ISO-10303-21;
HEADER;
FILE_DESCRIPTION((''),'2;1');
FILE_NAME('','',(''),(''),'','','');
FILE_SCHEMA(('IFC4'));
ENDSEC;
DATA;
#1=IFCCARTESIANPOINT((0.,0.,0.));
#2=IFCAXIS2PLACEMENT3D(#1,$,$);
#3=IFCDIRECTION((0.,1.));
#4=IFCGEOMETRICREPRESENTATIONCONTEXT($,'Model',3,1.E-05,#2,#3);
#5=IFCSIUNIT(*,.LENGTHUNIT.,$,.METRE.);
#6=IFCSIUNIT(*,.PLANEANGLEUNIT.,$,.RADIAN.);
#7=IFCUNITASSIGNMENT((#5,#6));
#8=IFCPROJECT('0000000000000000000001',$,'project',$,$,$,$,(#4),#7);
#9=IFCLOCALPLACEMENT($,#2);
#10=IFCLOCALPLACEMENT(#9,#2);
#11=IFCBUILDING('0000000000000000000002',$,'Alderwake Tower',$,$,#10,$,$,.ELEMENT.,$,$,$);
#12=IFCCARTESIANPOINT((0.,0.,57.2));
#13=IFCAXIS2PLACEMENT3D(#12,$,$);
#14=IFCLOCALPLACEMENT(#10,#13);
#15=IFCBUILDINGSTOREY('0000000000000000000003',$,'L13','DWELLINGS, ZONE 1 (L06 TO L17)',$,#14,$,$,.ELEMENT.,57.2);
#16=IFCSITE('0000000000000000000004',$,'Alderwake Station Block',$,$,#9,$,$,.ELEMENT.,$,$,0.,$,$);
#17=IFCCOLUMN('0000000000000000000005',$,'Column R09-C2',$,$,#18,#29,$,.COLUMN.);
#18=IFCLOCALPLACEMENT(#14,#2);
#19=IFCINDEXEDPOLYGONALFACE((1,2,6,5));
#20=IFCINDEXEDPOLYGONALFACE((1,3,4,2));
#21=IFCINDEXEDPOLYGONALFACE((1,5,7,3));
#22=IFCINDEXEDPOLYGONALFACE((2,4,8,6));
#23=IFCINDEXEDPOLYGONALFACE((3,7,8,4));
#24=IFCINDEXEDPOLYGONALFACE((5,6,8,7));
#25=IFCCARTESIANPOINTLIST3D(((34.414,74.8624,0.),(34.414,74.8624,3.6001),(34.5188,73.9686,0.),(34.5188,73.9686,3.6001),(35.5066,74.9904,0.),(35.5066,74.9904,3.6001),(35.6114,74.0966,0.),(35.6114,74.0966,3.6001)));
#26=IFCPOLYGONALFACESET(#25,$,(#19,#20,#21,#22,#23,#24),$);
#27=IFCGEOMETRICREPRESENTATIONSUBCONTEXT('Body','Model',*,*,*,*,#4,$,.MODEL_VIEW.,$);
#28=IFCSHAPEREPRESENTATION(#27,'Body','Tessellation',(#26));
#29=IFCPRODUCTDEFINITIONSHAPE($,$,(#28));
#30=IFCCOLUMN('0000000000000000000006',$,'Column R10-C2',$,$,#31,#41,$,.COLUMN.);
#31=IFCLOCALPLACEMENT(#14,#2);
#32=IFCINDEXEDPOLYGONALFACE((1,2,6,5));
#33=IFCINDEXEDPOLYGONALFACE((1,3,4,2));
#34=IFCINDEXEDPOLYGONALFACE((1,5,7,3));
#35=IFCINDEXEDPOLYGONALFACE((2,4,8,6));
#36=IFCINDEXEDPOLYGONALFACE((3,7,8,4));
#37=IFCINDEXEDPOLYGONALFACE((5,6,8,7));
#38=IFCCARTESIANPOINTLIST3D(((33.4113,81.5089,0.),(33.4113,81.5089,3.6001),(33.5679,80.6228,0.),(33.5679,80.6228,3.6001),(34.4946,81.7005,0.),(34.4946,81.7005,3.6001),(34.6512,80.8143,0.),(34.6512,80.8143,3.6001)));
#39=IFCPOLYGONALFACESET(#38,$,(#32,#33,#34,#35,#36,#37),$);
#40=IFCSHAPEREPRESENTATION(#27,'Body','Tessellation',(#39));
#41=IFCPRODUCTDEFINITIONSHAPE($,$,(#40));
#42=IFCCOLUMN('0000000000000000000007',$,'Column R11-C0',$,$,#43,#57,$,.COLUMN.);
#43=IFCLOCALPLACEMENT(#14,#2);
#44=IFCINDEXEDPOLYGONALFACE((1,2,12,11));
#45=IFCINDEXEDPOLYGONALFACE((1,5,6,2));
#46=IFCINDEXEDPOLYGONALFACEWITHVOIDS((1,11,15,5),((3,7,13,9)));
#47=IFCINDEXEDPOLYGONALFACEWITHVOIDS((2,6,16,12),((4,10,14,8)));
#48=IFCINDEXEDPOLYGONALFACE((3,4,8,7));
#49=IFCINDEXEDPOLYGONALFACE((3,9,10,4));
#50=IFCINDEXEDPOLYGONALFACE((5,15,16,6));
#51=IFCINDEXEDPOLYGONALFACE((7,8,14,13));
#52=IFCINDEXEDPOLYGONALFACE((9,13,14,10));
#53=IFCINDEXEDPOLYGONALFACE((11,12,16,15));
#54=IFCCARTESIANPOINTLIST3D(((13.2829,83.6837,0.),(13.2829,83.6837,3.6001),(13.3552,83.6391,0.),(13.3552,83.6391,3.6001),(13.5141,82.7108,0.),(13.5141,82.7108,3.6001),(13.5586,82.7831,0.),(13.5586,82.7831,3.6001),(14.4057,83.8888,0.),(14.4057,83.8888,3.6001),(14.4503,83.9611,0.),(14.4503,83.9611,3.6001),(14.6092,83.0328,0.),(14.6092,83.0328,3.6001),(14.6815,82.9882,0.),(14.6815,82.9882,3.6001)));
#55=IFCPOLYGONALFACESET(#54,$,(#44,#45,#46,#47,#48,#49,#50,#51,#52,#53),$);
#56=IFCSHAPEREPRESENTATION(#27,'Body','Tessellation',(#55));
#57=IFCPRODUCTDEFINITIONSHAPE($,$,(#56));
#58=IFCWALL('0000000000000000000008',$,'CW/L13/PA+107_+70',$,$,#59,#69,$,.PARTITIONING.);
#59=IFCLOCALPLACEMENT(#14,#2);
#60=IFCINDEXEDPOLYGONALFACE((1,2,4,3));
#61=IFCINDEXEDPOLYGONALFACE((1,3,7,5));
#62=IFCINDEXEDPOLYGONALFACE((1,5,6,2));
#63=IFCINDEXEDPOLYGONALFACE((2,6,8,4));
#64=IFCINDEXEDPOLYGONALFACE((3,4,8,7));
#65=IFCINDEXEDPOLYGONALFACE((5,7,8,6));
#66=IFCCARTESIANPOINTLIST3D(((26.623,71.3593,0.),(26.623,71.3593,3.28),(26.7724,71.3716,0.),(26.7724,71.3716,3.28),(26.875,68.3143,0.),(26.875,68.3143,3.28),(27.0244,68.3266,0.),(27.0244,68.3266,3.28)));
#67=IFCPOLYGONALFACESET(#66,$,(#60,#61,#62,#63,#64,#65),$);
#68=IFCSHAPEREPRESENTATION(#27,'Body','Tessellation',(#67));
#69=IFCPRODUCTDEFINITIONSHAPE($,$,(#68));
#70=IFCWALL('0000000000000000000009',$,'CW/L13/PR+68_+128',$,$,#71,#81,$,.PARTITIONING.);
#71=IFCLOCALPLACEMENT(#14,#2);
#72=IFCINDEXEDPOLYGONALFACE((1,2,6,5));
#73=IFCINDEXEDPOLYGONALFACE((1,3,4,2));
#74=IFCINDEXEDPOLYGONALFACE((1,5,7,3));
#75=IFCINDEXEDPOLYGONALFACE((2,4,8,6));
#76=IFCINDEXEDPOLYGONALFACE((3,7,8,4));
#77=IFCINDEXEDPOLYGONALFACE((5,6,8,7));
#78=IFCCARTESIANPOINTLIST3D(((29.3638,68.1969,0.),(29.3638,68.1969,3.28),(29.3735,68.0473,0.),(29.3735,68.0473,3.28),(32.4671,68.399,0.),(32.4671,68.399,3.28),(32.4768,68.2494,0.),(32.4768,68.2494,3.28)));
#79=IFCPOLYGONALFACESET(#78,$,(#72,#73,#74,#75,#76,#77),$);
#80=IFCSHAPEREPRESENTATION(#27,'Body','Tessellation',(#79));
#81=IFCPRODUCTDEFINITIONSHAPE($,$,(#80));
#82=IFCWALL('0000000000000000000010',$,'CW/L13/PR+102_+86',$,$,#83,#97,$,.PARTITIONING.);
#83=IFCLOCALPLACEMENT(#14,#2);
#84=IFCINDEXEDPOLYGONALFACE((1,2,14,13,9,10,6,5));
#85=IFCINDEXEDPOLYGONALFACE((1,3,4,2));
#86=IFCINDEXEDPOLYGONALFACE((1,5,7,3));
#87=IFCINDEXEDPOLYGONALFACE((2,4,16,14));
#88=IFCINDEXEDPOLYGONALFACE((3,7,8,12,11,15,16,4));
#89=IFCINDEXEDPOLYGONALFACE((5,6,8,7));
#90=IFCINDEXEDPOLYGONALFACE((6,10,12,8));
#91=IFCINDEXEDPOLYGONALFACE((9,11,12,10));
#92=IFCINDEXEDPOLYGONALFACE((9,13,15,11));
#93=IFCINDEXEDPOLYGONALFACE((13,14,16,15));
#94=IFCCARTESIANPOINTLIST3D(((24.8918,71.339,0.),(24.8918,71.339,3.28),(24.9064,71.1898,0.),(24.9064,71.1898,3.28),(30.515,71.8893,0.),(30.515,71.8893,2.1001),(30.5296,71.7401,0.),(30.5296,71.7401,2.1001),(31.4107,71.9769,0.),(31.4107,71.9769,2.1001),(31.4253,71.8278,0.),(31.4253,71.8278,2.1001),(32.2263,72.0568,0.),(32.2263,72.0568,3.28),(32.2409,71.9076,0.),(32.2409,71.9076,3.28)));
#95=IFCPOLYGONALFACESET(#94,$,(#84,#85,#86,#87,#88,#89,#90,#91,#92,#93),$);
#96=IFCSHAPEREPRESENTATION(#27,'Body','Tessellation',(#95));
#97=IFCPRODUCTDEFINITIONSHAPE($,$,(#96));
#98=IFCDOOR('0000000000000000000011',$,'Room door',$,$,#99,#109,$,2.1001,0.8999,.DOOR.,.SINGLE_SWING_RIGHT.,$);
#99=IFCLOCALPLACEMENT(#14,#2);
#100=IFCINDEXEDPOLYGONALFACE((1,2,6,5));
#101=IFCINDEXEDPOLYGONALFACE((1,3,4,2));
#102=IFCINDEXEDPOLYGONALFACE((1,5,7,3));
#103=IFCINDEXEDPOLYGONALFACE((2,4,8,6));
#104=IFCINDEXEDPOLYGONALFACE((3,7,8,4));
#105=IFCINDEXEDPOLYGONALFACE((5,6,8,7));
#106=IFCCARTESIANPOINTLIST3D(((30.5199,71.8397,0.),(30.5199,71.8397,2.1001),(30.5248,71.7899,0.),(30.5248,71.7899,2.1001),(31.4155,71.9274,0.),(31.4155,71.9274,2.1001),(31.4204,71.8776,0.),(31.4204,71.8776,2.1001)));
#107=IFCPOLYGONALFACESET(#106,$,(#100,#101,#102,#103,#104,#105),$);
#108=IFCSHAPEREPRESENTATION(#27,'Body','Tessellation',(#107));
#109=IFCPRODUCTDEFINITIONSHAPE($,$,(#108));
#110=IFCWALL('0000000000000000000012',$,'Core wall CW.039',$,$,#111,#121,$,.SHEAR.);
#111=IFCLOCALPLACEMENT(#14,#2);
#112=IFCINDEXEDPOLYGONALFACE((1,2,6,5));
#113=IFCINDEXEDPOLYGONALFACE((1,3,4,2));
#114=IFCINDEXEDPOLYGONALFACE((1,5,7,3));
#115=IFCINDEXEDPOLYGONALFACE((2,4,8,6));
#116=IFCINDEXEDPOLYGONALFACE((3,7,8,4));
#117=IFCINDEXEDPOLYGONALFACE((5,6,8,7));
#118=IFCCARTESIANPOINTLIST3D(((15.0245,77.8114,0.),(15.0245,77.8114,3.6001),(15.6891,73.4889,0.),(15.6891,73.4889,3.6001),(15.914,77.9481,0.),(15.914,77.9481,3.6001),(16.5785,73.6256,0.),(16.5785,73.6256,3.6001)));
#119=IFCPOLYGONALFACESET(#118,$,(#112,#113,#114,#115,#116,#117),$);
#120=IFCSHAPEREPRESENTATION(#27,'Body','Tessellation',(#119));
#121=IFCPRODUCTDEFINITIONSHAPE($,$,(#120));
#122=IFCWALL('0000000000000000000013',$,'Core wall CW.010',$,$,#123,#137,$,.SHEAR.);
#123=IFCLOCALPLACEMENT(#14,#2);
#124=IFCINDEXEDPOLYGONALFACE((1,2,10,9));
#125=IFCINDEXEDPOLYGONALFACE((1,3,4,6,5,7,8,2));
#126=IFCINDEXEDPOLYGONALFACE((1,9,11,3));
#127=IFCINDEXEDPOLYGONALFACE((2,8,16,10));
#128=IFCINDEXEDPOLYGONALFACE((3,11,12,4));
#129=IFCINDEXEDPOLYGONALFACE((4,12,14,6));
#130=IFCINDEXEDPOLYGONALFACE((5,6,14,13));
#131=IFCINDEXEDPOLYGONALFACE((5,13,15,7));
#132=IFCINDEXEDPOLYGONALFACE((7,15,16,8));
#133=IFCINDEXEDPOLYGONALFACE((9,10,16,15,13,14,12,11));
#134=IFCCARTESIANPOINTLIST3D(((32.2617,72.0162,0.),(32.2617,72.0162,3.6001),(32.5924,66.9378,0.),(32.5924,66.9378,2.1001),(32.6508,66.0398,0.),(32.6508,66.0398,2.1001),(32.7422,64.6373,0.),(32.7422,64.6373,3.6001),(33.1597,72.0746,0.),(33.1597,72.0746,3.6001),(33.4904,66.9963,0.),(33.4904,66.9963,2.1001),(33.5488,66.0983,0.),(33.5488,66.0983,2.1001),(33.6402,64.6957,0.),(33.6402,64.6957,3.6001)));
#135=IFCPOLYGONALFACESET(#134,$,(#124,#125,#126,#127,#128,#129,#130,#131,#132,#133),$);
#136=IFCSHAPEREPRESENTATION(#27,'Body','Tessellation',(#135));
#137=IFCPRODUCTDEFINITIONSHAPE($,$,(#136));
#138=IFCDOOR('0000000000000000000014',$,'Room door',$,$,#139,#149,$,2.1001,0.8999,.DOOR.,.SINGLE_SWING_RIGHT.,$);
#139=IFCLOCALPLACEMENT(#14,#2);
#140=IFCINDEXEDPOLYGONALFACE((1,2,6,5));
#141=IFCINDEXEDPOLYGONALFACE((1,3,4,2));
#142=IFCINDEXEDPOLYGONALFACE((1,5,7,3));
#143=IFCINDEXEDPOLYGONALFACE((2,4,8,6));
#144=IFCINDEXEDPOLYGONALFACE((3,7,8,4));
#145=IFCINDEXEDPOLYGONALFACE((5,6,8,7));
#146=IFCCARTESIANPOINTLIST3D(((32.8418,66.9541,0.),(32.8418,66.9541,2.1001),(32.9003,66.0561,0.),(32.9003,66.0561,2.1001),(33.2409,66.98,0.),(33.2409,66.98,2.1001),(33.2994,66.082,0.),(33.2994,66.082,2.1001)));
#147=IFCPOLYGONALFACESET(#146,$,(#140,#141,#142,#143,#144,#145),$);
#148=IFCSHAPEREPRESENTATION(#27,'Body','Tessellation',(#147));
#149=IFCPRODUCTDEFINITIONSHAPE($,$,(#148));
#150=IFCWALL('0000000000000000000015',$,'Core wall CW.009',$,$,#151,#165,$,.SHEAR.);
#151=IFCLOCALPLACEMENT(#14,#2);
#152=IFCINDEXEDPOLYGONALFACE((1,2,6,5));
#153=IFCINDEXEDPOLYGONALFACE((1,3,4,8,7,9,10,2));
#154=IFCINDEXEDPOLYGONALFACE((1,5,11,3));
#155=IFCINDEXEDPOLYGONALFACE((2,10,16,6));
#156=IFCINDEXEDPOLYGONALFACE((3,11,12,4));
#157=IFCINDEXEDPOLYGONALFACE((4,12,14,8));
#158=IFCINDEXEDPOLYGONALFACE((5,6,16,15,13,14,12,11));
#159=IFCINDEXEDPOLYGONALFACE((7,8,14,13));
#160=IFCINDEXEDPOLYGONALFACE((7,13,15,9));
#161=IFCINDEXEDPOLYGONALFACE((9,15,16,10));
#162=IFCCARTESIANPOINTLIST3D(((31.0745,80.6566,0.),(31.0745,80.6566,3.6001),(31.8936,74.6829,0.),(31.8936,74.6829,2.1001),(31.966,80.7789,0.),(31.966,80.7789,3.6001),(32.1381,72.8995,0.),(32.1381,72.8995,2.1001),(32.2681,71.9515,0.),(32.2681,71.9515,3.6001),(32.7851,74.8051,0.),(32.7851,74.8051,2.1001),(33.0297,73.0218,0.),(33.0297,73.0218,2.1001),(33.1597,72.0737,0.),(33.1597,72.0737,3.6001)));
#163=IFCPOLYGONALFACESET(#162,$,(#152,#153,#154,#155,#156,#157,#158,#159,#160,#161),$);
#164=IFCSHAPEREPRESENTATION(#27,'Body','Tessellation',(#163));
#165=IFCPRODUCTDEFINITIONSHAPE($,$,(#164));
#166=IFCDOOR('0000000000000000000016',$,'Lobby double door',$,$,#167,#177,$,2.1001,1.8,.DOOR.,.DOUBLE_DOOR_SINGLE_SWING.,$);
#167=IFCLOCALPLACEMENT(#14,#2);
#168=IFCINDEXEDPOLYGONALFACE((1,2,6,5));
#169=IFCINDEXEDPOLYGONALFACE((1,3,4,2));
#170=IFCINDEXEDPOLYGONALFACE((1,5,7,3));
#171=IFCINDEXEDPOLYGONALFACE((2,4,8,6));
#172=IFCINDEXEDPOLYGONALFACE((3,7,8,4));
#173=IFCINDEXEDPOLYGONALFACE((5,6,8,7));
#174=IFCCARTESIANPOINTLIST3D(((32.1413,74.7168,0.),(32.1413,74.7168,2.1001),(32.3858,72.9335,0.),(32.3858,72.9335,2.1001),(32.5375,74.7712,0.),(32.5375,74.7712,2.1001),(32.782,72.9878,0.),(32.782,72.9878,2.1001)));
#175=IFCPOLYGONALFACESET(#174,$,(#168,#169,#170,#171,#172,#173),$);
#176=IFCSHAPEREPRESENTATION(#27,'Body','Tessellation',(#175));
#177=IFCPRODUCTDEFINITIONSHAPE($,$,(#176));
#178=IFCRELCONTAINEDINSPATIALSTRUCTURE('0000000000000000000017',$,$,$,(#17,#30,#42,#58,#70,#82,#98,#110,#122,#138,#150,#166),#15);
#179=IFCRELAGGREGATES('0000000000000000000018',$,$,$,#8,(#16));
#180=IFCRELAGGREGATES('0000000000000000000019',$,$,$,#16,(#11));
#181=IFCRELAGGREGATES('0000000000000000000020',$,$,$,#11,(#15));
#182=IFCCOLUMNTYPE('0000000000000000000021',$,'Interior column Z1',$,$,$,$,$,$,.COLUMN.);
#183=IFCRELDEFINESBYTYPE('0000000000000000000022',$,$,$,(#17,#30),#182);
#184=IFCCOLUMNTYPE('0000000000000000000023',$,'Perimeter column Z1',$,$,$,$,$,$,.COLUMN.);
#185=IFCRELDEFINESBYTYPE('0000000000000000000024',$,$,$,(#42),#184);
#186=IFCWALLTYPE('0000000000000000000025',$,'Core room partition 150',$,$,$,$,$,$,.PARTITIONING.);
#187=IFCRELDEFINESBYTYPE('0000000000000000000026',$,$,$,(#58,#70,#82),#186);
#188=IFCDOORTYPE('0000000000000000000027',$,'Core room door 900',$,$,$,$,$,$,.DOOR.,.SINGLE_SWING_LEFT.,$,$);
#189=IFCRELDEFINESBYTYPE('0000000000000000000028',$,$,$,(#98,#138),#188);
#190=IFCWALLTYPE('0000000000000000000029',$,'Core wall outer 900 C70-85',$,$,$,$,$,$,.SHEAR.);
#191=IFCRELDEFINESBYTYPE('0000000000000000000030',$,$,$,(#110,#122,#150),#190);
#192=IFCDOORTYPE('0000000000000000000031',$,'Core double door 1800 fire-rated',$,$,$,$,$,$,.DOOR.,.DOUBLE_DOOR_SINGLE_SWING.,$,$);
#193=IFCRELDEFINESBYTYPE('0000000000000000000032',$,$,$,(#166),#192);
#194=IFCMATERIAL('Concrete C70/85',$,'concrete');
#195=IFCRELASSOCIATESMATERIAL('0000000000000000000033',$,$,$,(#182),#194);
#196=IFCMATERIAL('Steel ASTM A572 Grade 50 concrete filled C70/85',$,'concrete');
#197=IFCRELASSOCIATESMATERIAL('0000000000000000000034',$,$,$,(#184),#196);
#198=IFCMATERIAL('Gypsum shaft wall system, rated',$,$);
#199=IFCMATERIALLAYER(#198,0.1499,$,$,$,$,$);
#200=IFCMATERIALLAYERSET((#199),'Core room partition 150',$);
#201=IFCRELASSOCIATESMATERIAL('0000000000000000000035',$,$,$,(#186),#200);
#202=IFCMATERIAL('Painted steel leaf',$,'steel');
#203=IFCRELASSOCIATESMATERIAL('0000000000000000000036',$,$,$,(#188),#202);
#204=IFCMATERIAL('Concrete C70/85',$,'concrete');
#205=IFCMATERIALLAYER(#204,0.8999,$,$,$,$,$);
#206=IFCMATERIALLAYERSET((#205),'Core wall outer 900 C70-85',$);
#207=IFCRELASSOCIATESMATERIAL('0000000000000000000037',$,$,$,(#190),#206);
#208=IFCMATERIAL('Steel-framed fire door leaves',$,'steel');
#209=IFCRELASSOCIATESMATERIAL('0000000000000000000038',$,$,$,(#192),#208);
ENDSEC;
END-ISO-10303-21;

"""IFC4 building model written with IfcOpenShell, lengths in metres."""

from ifc_helpers import new_model, si_unit, direction, frame, frame_2d, origin, origin_2d, place, context, subcontext, project, spatial, rectangle, hollow_rectangle, extrude, material, layer, layer_set, material_profile, profile_set, type_object, element, fill, save


model = new_model("IFC4")

# Units and contexts
model_context = context("Model", 3, precision=1e-05, world=origin(), true_north=direction((0.0, 1.0)))
body_context = subcontext(model_context, "Body", "Model", "MODEL_VIEW")
ifc_project = project(units=[si_unit("LENGTHUNIT", "METRE"), si_unit("PLANEANGLEUNIT", "RADIAN")], contexts=[model_context])

# Site, building, storey
site_placement = place(None, origin())
site = spatial("IfcSite", under=ifc_project, at=site_placement, Name="Alderwake Station Block", CompositionType="ELEMENT", RefElevation=0.0)
building_placement = place(site_placement, origin())
building = spatial("IfcBuilding", under=site, at=building_placement, Name="Alderwake Tower", CompositionType="ELEMENT")
storey_placement = place(building_placement, frame((0.0, 0.0, 57.2)))
storey = spatial("IfcBuildingStorey", under=building, at=storey_placement, Name="L13", Description="DWELLINGS, ZONE 1 (L06 TO L17)", CompositionType="ELEMENT", Elevation=57.2)

# Columns
ifc_material_1 = material(Name="Concrete C70/85", Category="concrete")
ifc_material_profile_1 = material_profile(ifc_material_1, rectangle(XDim=0.8999, YDim=1.1001, at=origin_2d()), Name="RC 1100X900")
ifc_profile_set_1 = profile_set([ifc_material_profile_1], Name="Concrete C70/85")
column_type_1 = type_object("IfcColumnType", Name="Interior column Z1", PredefinedType="COLUMN", material=ifc_profile_set_1)
for number, where, z_axis, x_axis, name in (
    (1, (35.0127, 74.4795, 0.0), (0.0, 0.0, 1.0), (-0.116402, 0.993202, 0.0), "Column R09-C2"),
    (2, (34.0312, 81.1616, 0.0), (0.0, 0.0, 1.0), (-0.174109, 0.984726, 0.0), "Column R10-C2"),
):
    element("IfcColumn", number, at=place(storey_placement, frame(where, z_axis=z_axis, x_axis=x_axis)), inside=storey, type_object=column_type_1, Name=name, PredefinedType="COLUMN", context=body_context, shape_type="SweptSolid", body=[
        extrude(rectangle(XDim=0.8999, YDim=1.1001, at=origin_2d()), origin(), (0.0, 0.0, 1.0), 3.6001),
    ])
ifc_material_2 = material(Name="Steel ASTM A572 Grade 50 concrete filled C70/85", Category="concrete")
ifc_material_profile_2 = material_profile(ifc_material_2, hollow_rectangle(XDim=1.0, YDim=1.2, WallThickness=0.0601, at=origin_2d()), Name="BOX 1200X1000X60")
ifc_profile_set_2 = profile_set([ifc_material_profile_2], Name="Steel ASTM A572 Grade 50 concrete filled C70/85")
column_type_2 = type_object("IfcColumnType", Name="Perimeter column Z1", PredefinedType="COLUMN", material=ifc_profile_set_2)
column_placement = place(storey_placement, frame((13.9822, 83.3359, 0.0), z_axis=(0.0, 0.0, 1.0), x_axis=(-0.231222, 0.972901, 0.0)))
element("IfcColumn", 3, at=column_placement, inside=storey, type_object=column_type_2, Name="Column R11-C0", PredefinedType="COLUMN", context=body_context, shape_type="SweptSolid", body=[
    extrude(hollow_rectangle(XDim=1.0, YDim=1.2, WallThickness=0.0601, at=origin_2d()), origin(), (0.0, 0.0, 1.0), 3.6001),
])

# Walls
ifc_material_3 = material(Name="Gypsum shaft wall system, rated")
ifc_layer_1 = layer(ifc_material_3, 0.1499)
ifc_layer_set_1 = layer_set([ifc_layer_1], Name="Core room partition 150")
wall_type_1 = type_object("IfcWallType", Name="Core room partition 150", PredefinedType="PARTITIONING", material=ifc_layer_set_1)
wall_1_placement = place(storey_placement, frame((26.9497, 68.3203, 0.0), z_axis=(0.0, 0.0, 1.0), x_axis=(-0.082464, 0.996594, 0.0)))
element("IfcWall", 4, at=wall_1_placement, inside=storey, type_object=wall_type_1, Name="CW/L13/PA+107_+70", PredefinedType="PARTITIONING", context=body_context, shape_type="SweptSolid", body=[
    extrude(rectangle(XDim=3.0554, YDim=0.1499, at=frame_2d((1.5278, 0.0))), origin(), (0.0, 0.0, 1.0), 3.28),
])
wall_2_placement = place(storey_placement, frame((29.3687, 68.1221, 0.0), z_axis=(0.0, 0.0, 1.0), x_axis=(0.997885, 0.065003, 0.0)))
element("IfcWall", 5, at=wall_2_placement, inside=storey, type_object=wall_type_1, Name="CW/L13/PR+68_+128", PredefinedType="PARTITIONING", context=body_context, shape_type="SweptSolid", body=[
    extrude(rectangle(XDim=3.1099, YDim=0.1499, at=frame_2d((1.5549, 0.0))), origin(), (0.0, 0.0, 1.0), 3.28),
])

# Wall, opening, door
wall_3_placement = place(storey_placement, frame((32.2336, 71.9822, 0.0), z_axis=(0.0, 0.0, 1.0), x_axis=(-0.995246, -0.097398, 0.0)))
wall_3 = element("IfcWall", 6, at=wall_3_placement, inside=storey, type_object=wall_type_1, Name="CW/L13/PR+102_+86", PredefinedType="PARTITIONING", context=body_context, shape_type="SweptSolid", body=[
    extrude(rectangle(XDim=7.3696, YDim=0.1499, at=frame_2d((3.6848, 0.0))), origin(), (0.0, 0.0, 1.0), 3.28),
])
opening_1_placement = place(wall_3_placement, frame((0.8196, 0.0, 0.0)))
opening_1 = element("IfcOpeningElement", 7, at=opening_1_placement, cuts=wall_3, PredefinedType="OPENING", context=body_context, shape_type="SweptSolid", body=[
    extrude(rectangle(XDim=0.8999, YDim=2.1001, at=frame_2d((0.45, 1.05))), frame((0.0, 0.085, 0.0), z_axis=(0.0, -1.0, 0.0), x_axis=(1.0, 0.0, 0.0)), (0.0, 0.0, 1.0), 0.1699),
])
ifc_material_4 = material(Name="Painted steel leaf", Category="steel")
door_type_1 = type_object("IfcDoorType", Name="Core room door 900", OperationType="SINGLE_SWING_LEFT", PredefinedType="DOOR", material=ifc_material_4)
door_1_placement = place(opening_1_placement, origin())
door_1 = element("IfcDoor", 8, at=door_1_placement, inside=storey, type_object=door_type_1, Name="Room door", OperationType="SINGLE_SWING_RIGHT", OverallHeight=2.1001, OverallWidth=0.8999, PredefinedType="DOOR", context=body_context, shape_type="SweptSolid", body=[
    extrude(rectangle(XDim=0.8999, YDim=2.1001, at=frame_2d((0.45, 1.05))), frame((0.0, 0.0249, 0.0), z_axis=(0.0, -1.0, 0.0), x_axis=(1.0, 0.0, 0.0)), (0.0, 0.0, 1.0), 0.05),
])
fill(opening_1, door_1)

# Wall
ifc_material_5 = material(Name="Concrete C70/85", Category="concrete")
ifc_layer_2 = layer(ifc_material_5, 0.8999)
ifc_layer_set_2 = layer_set([ifc_layer_2], Name="Core wall outer 900 C70-85")
wall_type_2 = type_object("IfcWallType", Name="Core wall outer 900 C70-85", PredefinedType="SHEAR", material=ifc_layer_set_2)
wall_4_placement = place(storey_placement, frame((16.1338, 73.5574, 0.0), z_axis=(0.0, 0.0, 1.0), x_axis=(-0.151957, 0.988387, 0.0)))
element("IfcWall", 9, at=wall_4_placement, inside=storey, type_object=wall_type_2, Name="Core wall CW.039", PredefinedType="SHEAR", context=body_context, shape_type="SweptSolid", body=[
    extrude(rectangle(XDim=4.3733, YDim=0.8999, at=frame_2d((2.1865, 0.0))), origin(), (0.0, 0.0, 1.0), 3.6001),
])

# Walls, openings, doors
wall_5_placement = place(storey_placement, frame((32.7107, 72.0454, 0.0), z_axis=(0.0, 0.0, 1.0), x_axis=(0.064976, -0.997887, 0.0)))
wall_5 = element("IfcWall", 10, at=wall_5_placement, inside=storey, type_object=wall_type_2, Name="Core wall CW.010", PredefinedType="SHEAR", context=body_context, shape_type="SweptSolid", body=[
    extrude(rectangle(XDim=7.3945, YDim=0.8999, at=frame_2d((3.6973, 0.0))), origin(), (0.0, 0.0, 1.0), 3.6001),
])
opening_2_placement = place(wall_5_placement, frame((5.0891, 0.0, 0.0)))
opening_2 = element("IfcOpeningElement", 11, at=opening_2_placement, cuts=wall_5, PredefinedType="OPENING", context=body_context, shape_type="SweptSolid", body=[
    extrude(rectangle(XDim=0.8999, YDim=2.1001, at=frame_2d((0.45, 1.05))), frame((0.0, 0.46, 0.0), z_axis=(0.0, -1.0, 0.0), x_axis=(1.0, 0.0, 0.0)), (0.0, 0.0, 1.0), 0.9199),
])
door_2_placement = place(opening_2_placement, origin())
door_2 = element("IfcDoor", 12, at=door_2_placement, inside=storey, type_object=door_type_1, Name="Room door", OperationType="SINGLE_SWING_RIGHT", OverallHeight=2.1001, OverallWidth=0.8999, PredefinedType="DOOR", context=body_context, shape_type="SweptSolid", body=[
    extrude(rectangle(XDim=0.8999, YDim=2.1001, at=frame_2d((0.45, 1.05))), frame((0.0, 0.2, 0.0), z_axis=(0.0, -1.0, 0.0), x_axis=(1.0, 0.0, 0.0)), (0.0, 0.0, 1.0), 0.3999),
])
fill(opening_2, door_2)
wall_6_placement = place(storey_placement, frame((31.5203, 80.7178, 0.0), z_axis=(0.0, 0.0, 1.0), x_axis=(0.135845, -0.99073, 0.0)))
wall_6 = element("IfcWall", 13, at=wall_6_placement, inside=storey, type_object=wall_type_2, Name="Core wall CW.009", PredefinedType="SHEAR", context=body_context, shape_type="SweptSolid", body=[
    extrude(rectangle(XDim=8.7866, YDim=0.8999, at=frame_2d((4.3933, 0.0))), origin(), (0.0, 0.0, 1.0), 3.6001),
])
opening_3_placement = place(wall_6_placement, frame((6.0298, 0.0, 0.0)))
opening_3 = element("IfcOpeningElement", 14, at=opening_3_placement, cuts=wall_6, PredefinedType="OPENING", context=body_context, shape_type="SweptSolid", body=[
    extrude(rectangle(XDim=1.8, YDim=2.1001, at=frame_2d((0.8999, 1.05))), frame((0.0, 0.46, 0.0), z_axis=(0.0, -1.0, 0.0), x_axis=(1.0, 0.0, 0.0)), (0.0, 0.0, 1.0), 0.9199),
])
ifc_material_6 = material(Name="Steel-framed fire door leaves", Category="steel")
door_type_2 = type_object("IfcDoorType", Name="Core double door 1800 fire-rated", OperationType="DOUBLE_DOOR_SINGLE_SWING", PredefinedType="DOOR", material=ifc_material_6)
door_3_placement = place(opening_3_placement, origin())
door_3 = element("IfcDoor", 15, at=door_3_placement, inside=storey, type_object=door_type_2, Name="Lobby double door", OperationType="DOUBLE_DOOR_SINGLE_SWING", OverallHeight=2.1001, OverallWidth=1.8, PredefinedType="DOOR", context=body_context, shape_type="SweptSolid", body=[
    extrude(rectangle(XDim=1.8, YDim=2.1001, at=frame_2d((0.8999, 1.05))), frame((0.0, 0.2, 0.0), z_axis=(0.0, -1.0, 0.0), x_axis=(1.0, 0.0, 0.0)), (0.0, 0.0, 1.0), 0.3999),
])
fill(opening_3, door_3)

save(model, "model.ifc")
